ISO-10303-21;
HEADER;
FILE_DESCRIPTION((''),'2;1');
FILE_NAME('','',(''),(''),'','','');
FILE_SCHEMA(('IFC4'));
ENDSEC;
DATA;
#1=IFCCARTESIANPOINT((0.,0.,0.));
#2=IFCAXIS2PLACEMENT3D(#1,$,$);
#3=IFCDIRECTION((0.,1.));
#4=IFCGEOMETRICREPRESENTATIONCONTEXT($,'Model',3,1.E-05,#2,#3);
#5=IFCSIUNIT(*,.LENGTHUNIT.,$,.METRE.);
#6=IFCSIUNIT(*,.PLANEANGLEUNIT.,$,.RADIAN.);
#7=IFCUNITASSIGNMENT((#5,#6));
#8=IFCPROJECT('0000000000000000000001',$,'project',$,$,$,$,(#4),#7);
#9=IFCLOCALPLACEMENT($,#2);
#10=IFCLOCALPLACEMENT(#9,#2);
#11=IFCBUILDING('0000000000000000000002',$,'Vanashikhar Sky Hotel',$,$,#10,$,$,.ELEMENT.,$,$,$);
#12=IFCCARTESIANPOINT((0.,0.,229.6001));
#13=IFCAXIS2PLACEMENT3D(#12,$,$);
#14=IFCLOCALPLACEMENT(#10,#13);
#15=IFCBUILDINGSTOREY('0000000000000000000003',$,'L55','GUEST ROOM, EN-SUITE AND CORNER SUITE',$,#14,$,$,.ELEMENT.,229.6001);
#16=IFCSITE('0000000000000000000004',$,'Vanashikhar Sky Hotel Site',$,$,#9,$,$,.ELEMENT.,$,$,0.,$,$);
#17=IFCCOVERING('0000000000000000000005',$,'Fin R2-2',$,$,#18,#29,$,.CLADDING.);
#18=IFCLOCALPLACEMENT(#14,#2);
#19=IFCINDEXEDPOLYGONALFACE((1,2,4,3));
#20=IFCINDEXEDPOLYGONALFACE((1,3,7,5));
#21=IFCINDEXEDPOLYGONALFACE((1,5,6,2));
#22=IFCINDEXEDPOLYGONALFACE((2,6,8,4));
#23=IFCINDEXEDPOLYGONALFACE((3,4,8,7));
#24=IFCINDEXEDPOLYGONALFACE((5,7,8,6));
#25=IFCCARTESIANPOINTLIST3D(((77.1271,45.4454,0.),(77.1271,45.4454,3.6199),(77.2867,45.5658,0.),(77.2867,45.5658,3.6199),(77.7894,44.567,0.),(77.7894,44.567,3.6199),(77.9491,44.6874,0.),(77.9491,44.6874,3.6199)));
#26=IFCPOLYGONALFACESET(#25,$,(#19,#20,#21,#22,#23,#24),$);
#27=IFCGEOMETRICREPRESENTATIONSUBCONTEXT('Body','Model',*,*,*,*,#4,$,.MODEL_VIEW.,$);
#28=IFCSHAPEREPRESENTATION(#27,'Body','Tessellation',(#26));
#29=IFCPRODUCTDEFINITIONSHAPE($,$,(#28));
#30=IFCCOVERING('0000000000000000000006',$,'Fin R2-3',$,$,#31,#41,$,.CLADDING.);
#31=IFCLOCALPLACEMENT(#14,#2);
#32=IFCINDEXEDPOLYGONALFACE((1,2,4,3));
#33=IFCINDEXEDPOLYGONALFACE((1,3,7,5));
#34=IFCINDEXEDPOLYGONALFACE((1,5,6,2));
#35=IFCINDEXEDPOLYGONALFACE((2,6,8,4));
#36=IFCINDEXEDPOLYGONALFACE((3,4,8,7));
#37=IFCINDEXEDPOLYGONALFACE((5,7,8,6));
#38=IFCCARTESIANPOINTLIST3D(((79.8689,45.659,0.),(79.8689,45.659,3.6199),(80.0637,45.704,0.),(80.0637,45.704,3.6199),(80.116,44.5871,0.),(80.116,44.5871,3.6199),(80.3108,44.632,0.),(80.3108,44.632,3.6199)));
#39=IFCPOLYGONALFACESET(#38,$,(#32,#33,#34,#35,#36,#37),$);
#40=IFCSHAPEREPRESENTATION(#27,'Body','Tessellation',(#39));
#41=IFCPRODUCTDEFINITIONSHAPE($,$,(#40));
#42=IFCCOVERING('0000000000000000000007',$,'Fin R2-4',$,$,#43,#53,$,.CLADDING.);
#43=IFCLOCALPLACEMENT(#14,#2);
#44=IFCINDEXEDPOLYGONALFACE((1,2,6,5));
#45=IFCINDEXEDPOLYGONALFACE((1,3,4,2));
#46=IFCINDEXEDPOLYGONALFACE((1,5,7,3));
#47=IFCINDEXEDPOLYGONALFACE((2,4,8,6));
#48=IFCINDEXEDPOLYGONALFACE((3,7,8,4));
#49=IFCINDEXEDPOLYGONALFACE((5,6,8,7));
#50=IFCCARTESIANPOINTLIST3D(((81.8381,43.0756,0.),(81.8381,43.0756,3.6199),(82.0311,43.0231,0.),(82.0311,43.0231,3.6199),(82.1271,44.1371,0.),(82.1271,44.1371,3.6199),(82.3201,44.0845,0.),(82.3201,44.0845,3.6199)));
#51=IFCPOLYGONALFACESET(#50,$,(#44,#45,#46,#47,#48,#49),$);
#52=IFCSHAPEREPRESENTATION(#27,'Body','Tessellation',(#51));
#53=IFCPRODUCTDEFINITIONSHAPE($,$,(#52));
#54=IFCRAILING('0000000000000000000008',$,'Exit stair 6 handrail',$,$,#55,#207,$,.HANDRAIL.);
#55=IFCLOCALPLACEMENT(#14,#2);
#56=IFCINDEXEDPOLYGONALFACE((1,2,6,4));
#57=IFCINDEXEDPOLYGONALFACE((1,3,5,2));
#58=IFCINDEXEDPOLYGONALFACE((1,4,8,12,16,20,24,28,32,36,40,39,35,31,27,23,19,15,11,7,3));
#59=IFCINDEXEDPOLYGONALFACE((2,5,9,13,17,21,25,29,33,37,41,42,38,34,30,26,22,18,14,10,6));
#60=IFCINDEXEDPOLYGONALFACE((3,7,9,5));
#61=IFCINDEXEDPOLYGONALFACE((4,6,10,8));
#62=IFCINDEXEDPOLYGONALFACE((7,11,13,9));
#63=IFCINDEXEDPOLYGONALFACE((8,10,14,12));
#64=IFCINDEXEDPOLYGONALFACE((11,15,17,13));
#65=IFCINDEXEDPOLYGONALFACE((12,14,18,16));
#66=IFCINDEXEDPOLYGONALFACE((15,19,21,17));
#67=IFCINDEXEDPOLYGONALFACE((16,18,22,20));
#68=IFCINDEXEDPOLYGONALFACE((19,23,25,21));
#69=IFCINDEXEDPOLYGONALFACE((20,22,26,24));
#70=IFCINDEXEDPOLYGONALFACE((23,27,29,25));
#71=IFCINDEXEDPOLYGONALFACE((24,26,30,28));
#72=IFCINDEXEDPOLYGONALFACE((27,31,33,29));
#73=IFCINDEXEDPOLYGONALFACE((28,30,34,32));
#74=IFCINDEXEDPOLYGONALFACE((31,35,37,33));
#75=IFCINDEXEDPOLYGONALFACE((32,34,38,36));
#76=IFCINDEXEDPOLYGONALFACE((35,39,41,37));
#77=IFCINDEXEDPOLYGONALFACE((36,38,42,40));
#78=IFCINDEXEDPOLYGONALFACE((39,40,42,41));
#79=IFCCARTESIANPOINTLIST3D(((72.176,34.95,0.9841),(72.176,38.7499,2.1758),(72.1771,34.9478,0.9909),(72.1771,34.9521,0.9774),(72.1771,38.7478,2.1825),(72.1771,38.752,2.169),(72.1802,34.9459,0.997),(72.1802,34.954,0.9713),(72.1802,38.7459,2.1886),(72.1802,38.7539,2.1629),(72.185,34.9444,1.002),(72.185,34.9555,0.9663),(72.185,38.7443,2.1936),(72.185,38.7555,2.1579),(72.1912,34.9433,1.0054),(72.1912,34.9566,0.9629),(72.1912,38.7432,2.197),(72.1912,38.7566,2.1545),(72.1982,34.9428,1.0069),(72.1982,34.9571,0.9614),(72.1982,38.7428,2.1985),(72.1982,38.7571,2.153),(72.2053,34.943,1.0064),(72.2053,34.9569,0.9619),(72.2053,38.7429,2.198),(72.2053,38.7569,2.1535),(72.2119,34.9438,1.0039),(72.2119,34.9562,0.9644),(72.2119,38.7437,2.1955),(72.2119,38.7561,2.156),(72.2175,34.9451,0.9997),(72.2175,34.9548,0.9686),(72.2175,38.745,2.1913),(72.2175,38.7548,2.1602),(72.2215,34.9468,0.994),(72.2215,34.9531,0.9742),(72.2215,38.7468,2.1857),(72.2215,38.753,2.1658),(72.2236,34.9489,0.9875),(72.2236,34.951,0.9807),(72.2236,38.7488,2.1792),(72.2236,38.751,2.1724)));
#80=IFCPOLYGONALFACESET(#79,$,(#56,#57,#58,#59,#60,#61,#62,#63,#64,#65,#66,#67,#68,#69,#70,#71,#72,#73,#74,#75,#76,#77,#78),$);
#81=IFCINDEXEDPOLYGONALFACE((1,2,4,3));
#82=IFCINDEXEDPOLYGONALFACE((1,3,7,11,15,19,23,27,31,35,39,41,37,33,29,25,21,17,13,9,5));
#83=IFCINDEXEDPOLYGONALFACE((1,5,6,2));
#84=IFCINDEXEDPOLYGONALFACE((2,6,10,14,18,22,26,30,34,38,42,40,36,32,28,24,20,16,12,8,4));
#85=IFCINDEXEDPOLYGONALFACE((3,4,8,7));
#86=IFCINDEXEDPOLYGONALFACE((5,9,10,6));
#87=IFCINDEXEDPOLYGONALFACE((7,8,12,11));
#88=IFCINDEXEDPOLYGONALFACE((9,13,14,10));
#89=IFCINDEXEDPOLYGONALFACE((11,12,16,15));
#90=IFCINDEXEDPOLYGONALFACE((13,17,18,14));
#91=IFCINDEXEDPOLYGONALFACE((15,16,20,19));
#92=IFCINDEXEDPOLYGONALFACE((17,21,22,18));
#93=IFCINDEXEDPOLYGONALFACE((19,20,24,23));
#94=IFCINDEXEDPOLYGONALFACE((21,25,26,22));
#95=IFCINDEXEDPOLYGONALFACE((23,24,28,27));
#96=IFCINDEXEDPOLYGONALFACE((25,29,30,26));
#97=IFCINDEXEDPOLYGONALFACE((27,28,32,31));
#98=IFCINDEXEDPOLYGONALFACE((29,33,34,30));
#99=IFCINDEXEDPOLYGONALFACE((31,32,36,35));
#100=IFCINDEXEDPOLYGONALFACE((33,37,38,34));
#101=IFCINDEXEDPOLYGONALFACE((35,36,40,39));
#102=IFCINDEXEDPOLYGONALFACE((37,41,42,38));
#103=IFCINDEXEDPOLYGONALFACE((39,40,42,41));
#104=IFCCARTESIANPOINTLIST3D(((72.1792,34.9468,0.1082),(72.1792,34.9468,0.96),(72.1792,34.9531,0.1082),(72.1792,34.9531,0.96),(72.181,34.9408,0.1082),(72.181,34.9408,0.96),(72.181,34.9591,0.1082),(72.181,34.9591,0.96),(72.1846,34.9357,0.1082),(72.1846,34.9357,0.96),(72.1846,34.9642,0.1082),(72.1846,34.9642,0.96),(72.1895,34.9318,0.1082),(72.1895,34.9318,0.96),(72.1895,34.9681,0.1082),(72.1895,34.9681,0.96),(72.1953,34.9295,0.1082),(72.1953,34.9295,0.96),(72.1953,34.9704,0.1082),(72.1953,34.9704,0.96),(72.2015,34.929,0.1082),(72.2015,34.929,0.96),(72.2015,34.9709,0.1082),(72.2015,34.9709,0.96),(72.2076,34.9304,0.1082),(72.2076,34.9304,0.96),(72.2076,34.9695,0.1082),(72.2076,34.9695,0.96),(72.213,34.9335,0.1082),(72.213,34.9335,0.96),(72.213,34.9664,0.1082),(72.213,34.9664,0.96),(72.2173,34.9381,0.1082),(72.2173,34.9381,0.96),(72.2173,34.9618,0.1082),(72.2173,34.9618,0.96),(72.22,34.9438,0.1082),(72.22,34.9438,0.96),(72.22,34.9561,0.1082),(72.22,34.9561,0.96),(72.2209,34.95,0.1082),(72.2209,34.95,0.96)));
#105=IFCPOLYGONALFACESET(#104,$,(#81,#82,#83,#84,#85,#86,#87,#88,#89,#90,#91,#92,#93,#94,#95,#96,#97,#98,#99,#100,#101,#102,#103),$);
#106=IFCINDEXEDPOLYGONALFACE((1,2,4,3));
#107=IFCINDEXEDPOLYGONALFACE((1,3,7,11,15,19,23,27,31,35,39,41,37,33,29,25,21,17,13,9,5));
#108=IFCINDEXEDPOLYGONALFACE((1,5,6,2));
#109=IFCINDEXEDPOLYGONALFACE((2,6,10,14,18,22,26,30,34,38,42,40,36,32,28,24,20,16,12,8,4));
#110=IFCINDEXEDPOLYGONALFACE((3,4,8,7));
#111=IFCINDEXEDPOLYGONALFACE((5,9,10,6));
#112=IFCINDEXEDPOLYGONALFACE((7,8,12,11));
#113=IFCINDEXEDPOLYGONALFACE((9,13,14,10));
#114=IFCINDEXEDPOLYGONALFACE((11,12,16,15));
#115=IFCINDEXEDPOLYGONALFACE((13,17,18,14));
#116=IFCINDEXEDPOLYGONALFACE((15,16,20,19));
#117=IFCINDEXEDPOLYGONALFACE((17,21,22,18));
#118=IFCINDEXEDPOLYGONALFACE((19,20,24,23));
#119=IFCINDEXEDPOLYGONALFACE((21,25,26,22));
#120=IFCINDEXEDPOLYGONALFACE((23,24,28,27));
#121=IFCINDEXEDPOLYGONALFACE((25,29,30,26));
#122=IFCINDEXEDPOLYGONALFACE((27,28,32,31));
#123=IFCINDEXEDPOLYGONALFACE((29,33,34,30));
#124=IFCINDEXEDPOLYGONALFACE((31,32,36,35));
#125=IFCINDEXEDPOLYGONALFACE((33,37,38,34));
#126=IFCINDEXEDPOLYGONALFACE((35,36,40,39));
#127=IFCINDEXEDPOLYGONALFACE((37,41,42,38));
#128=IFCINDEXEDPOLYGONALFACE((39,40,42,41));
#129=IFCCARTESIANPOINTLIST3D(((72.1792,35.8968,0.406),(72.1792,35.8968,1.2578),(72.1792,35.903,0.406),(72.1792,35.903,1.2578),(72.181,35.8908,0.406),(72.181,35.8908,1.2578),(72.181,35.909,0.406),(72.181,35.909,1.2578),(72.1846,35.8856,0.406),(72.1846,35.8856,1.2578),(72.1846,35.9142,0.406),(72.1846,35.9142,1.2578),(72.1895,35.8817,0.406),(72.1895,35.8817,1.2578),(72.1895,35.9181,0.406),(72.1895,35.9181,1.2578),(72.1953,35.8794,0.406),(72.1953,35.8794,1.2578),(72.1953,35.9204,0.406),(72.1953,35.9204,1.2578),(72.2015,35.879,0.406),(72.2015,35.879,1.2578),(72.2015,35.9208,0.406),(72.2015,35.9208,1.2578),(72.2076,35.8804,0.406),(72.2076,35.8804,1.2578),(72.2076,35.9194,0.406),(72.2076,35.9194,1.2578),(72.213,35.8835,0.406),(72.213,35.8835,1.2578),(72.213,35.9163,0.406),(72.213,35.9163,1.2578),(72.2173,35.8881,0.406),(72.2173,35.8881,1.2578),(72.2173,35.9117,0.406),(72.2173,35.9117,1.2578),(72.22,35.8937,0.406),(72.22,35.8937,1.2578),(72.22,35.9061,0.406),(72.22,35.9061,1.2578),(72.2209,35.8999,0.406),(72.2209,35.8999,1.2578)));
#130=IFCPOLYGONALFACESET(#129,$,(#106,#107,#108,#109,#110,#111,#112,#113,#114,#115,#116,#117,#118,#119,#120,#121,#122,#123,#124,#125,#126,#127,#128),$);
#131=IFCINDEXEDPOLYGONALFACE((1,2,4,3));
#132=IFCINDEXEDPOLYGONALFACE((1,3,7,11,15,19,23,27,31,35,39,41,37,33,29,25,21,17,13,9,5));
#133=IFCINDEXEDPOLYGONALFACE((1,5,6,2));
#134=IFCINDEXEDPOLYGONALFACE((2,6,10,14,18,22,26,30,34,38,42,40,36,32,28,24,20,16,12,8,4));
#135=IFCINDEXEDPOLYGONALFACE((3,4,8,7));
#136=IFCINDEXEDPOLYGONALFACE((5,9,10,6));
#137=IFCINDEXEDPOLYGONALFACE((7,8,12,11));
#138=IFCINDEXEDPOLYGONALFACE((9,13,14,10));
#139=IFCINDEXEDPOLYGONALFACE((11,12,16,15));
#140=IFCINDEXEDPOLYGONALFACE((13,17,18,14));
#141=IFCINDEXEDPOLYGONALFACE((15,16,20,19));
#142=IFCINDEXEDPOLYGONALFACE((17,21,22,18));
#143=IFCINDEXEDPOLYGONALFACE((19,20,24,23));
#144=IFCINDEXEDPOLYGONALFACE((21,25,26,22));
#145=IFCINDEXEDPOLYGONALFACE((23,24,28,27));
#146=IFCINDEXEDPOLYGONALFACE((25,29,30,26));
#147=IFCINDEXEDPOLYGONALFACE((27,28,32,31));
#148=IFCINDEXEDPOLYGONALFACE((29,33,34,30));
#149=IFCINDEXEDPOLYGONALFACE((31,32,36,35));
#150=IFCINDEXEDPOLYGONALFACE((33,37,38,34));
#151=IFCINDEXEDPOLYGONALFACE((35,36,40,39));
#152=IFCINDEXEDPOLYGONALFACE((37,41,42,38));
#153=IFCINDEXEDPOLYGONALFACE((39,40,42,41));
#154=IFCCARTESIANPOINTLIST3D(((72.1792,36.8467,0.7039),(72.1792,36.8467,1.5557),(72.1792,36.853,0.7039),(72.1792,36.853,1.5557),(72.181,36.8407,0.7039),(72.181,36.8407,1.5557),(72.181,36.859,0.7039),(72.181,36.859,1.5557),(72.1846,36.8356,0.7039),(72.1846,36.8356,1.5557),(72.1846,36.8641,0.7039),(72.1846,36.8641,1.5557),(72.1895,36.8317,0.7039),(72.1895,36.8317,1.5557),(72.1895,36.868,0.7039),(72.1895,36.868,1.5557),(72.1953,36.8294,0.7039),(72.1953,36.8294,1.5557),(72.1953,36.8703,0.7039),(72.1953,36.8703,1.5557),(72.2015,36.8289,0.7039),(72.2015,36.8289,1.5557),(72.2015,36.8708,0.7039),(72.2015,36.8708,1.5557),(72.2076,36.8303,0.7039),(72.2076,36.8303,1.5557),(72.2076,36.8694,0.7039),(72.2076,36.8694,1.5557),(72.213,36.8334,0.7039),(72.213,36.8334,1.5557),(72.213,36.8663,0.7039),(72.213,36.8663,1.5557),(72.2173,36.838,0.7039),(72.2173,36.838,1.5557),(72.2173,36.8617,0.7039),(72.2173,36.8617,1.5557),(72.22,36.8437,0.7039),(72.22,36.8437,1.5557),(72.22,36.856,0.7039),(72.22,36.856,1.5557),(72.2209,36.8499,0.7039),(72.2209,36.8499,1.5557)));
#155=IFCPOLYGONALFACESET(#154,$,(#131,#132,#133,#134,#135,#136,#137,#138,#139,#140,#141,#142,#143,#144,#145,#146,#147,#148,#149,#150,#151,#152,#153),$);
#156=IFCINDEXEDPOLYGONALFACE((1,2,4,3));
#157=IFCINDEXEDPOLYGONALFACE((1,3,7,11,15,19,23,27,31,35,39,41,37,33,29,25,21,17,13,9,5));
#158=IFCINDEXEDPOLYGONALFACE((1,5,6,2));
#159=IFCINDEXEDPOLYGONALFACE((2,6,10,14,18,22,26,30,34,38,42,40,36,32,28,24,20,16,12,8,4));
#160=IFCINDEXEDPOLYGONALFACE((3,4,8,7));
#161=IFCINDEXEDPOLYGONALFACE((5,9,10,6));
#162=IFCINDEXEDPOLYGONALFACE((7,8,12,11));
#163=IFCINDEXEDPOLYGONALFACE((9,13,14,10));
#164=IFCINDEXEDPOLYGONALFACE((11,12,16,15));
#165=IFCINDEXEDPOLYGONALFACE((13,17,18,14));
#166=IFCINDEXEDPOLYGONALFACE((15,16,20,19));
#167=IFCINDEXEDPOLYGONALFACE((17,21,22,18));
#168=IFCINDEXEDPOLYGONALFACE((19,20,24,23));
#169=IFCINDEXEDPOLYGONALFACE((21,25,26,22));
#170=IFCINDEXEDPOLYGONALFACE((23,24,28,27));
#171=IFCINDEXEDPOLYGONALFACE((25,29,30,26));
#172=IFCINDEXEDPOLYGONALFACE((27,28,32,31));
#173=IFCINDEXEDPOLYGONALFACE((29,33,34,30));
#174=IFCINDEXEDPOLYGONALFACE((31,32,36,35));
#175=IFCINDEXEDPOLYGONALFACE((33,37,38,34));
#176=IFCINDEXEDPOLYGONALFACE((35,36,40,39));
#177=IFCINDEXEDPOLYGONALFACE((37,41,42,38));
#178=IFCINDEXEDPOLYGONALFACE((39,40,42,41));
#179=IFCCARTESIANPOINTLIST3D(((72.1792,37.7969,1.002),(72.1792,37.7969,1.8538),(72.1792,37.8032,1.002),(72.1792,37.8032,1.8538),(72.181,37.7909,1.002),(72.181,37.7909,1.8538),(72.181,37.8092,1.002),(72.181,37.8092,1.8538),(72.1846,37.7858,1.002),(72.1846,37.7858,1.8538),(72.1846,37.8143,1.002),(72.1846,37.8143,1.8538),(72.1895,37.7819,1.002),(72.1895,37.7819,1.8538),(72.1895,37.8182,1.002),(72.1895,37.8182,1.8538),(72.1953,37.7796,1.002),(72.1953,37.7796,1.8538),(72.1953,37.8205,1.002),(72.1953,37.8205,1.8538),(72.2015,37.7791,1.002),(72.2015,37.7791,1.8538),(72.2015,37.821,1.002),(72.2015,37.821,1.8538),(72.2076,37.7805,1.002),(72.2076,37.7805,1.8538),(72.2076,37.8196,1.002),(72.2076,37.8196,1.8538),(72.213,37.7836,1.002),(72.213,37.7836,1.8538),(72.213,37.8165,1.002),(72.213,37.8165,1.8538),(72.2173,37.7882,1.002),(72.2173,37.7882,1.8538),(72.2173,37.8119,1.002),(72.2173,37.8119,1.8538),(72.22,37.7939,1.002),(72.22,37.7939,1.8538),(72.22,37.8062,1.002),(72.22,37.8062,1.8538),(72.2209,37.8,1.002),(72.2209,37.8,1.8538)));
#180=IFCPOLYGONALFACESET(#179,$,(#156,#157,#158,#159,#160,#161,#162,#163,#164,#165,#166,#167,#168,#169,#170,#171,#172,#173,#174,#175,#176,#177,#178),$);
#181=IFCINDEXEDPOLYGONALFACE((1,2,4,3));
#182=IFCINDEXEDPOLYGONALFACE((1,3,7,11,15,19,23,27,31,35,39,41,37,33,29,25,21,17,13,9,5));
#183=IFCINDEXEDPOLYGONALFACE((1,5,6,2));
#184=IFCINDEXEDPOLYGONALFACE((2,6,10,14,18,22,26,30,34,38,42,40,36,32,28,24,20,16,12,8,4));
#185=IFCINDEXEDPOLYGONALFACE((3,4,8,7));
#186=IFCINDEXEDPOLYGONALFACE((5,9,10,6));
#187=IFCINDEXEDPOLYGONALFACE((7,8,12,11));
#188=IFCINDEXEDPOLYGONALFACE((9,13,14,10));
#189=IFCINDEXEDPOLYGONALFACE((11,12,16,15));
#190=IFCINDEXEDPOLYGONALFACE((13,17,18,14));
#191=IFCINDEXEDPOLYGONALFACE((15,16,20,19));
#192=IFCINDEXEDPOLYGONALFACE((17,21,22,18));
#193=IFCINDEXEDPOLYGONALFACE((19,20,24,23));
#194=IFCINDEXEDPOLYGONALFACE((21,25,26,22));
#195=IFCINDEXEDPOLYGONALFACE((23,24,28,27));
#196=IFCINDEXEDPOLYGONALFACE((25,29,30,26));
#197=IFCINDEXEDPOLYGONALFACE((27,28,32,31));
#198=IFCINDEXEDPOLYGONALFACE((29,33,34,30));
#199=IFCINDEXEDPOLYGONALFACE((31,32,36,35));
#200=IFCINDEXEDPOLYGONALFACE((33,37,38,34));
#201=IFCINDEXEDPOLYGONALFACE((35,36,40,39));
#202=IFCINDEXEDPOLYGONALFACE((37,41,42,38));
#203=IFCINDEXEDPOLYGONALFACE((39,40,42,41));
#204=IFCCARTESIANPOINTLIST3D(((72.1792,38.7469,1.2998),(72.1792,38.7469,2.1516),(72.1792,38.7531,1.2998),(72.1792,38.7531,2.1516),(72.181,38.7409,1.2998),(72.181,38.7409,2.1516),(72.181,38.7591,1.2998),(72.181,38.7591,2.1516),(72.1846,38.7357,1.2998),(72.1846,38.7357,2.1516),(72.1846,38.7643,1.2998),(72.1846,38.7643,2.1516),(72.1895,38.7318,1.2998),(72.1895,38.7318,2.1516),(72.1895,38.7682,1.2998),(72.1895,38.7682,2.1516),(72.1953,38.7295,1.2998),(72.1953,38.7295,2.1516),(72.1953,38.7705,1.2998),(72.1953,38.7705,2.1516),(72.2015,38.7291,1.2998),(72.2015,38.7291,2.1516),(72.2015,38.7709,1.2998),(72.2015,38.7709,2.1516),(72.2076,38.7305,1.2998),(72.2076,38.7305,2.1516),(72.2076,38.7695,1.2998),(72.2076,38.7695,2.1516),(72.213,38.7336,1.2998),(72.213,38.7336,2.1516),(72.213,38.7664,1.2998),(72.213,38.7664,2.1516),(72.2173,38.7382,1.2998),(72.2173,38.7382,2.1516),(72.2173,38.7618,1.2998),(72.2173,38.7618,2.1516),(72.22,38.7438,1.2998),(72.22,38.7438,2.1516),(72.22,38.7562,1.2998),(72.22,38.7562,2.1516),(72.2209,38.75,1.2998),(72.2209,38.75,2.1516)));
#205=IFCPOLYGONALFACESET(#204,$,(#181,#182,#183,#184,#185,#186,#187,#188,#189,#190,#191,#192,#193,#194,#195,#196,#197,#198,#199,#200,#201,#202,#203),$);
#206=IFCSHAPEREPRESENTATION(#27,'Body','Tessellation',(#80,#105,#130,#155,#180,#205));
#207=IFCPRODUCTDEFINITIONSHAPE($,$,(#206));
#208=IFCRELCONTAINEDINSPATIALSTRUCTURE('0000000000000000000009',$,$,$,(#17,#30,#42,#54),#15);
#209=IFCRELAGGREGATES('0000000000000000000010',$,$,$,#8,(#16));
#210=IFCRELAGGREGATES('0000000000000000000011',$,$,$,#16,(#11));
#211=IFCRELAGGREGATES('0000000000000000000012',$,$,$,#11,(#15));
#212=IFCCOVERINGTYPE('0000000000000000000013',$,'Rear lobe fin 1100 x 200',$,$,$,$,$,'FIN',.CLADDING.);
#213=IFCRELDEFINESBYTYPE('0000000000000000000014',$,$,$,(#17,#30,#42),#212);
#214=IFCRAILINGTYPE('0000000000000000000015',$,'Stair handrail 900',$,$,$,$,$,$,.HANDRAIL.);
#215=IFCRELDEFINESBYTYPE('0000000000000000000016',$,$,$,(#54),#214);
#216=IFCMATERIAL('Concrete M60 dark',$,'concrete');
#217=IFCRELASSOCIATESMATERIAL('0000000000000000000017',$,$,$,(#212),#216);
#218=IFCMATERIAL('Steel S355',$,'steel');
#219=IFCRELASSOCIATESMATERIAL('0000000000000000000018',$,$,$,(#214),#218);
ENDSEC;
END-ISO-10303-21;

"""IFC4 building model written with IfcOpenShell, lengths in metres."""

from ifc_helpers import new_model, si_unit, direction, frame, origin, origin_2d, place, context, subcontext, project, spatial, rectangle, circle, extrude, source, transform, mapped, material, material_profile, profile_set, type_object, element, save


model = new_model("IFC4")

# Units and contexts
model_context = context("Model", 3, precision=1e-05, world=origin(), true_north=direction((0.0, 1.0)))
body_context = subcontext(model_context, "Body", "Model", "MODEL_VIEW")
ifc_project = project(units=[si_unit("LENGTHUNIT", "METRE"), si_unit("PLANEANGLEUNIT", "RADIAN")], contexts=[model_context])

# Site, building, storey
site_placement = place(None, origin())
site = spatial("IfcSite", under=ifc_project, at=site_placement, Name="Vanashikhar Sky Hotel Site", CompositionType="ELEMENT", RefElevation=0.0)
building_placement = place(site_placement, origin())
building = spatial("IfcBuilding", under=site, at=building_placement, Name="Vanashikhar Sky Hotel", CompositionType="ELEMENT")
storey_placement = place(building_placement, frame((0.0, 0.0, 229.6001)))
storey = spatial("IfcBuildingStorey", under=building, at=storey_placement, Name="L55", Description="GUEST ROOM, EN-SUITE AND CORNER SUITE", CompositionType="ELEMENT", Elevation=229.6001)

# Coverings
ifc_material_1 = material(Name="Concrete M60 dark", Category="concrete")
ifc_material_profile = material_profile(ifc_material_1, rectangle(XDim=1.1001, YDim=0.2, at=origin_2d()))
ifc_profile_set = profile_set([ifc_material_profile], Name="Rear lobe fin 1100 x 200")
covering_type = type_object("IfcCoveringType", Name="Rear lobe fin 1100 x 200", ElementType="FIN", PredefinedType="CLADDING", material=ifc_profile_set)
shared_shape_1 = source(origin(), body_context, "Body", "SweptSolid", [
    extrude(rectangle(XDim=1.1001, YDim=0.2, at=origin_2d()), origin(), (0.0, 0.0, 1.0), 3.6199),
])
for number, where, z_axis, x_axis, name in (
    (1, (77.5381, 45.0664, 0.0), (0.0, 0.0, 1.0), (-0.602066, 0.798446, 0.0), "Fin R2-2"),
    (2, (80.0898, 45.1455, 0.0), (0.0, 0.0, 1.0), (-0.224645, 0.974441, 0.0), "Fin R2-3"),
    (3, (82.0791, 43.5801, 0.0), (0.0, 0.0, 1.0), (0.262711, 0.964874, 0.0), "Fin R2-4"),
):
    element("IfcCovering", number, at=place(storey_placement, frame(where, z_axis=z_axis, x_axis=x_axis)), inside=storey, type_object=covering_type, Name=name, PredefinedType="CLADDING", context=body_context, shape_type="MappedRepresentation", body=[
        mapped(shared_shape_1, transform((0.0, 0.0, 0.0), scale=1.0)),
    ])

# Railing
ifc_material_2 = material(Name="Steel S355", Category="steel")
railing_type = type_object("IfcRailingType", Name="Stair handrail 900", PredefinedType="HANDRAIL", material=ifc_material_2)
shared_shape_2 = source(origin(), body_context, "Body", "SweptSolid", [
    extrude(circle(Radius=0.0239, at=origin_2d()), frame((0.0, 0.0, 0.876), z_axis=(0.0, 0.954184, 0.299221), x_axis=(-1.0, 0.0, 0.0)), (0.0, 0.0, 1.0), 3.9824),
    extrude(circle(Radius=0.021, at=origin_2d()), origin(), (0.0, 0.0, 1.0), 0.8518),
    extrude(circle(Radius=0.021, at=origin_2d()), frame((0.0, 0.95, 0.2979)), (0.0, 0.0, 1.0), 0.8518),
    extrude(circle(Radius=0.021, at=origin_2d()), frame((0.0, 1.8999, 0.5957)), (0.0, 0.0, 1.0), 0.8518),
    extrude(circle(Radius=0.021, at=origin_2d()), frame((0.0, 2.8501, 0.8938)), (0.0, 0.0, 1.0), 0.8518),
    extrude(circle(Radius=0.021, at=origin_2d()), frame((0.0, 3.8, 1.1917)), (0.0, 0.0, 1.0), 0.8518),
])
for number, where, name in (
    (4, (72.2, 34.95, 0.1082), "Exit stair 6 handrail"),
):
    element("IfcRailing", number, at=place(storey_placement, frame(where)), inside=storey, type_object=railing_type, Name=name, PredefinedType="HANDRAIL", context=body_context, shape_type="MappedRepresentation", body=[
        mapped(shared_shape_2, transform((0.0, 0.0, 0.0), scale=1.0)),
    ])

save(model, "model.ifc")
